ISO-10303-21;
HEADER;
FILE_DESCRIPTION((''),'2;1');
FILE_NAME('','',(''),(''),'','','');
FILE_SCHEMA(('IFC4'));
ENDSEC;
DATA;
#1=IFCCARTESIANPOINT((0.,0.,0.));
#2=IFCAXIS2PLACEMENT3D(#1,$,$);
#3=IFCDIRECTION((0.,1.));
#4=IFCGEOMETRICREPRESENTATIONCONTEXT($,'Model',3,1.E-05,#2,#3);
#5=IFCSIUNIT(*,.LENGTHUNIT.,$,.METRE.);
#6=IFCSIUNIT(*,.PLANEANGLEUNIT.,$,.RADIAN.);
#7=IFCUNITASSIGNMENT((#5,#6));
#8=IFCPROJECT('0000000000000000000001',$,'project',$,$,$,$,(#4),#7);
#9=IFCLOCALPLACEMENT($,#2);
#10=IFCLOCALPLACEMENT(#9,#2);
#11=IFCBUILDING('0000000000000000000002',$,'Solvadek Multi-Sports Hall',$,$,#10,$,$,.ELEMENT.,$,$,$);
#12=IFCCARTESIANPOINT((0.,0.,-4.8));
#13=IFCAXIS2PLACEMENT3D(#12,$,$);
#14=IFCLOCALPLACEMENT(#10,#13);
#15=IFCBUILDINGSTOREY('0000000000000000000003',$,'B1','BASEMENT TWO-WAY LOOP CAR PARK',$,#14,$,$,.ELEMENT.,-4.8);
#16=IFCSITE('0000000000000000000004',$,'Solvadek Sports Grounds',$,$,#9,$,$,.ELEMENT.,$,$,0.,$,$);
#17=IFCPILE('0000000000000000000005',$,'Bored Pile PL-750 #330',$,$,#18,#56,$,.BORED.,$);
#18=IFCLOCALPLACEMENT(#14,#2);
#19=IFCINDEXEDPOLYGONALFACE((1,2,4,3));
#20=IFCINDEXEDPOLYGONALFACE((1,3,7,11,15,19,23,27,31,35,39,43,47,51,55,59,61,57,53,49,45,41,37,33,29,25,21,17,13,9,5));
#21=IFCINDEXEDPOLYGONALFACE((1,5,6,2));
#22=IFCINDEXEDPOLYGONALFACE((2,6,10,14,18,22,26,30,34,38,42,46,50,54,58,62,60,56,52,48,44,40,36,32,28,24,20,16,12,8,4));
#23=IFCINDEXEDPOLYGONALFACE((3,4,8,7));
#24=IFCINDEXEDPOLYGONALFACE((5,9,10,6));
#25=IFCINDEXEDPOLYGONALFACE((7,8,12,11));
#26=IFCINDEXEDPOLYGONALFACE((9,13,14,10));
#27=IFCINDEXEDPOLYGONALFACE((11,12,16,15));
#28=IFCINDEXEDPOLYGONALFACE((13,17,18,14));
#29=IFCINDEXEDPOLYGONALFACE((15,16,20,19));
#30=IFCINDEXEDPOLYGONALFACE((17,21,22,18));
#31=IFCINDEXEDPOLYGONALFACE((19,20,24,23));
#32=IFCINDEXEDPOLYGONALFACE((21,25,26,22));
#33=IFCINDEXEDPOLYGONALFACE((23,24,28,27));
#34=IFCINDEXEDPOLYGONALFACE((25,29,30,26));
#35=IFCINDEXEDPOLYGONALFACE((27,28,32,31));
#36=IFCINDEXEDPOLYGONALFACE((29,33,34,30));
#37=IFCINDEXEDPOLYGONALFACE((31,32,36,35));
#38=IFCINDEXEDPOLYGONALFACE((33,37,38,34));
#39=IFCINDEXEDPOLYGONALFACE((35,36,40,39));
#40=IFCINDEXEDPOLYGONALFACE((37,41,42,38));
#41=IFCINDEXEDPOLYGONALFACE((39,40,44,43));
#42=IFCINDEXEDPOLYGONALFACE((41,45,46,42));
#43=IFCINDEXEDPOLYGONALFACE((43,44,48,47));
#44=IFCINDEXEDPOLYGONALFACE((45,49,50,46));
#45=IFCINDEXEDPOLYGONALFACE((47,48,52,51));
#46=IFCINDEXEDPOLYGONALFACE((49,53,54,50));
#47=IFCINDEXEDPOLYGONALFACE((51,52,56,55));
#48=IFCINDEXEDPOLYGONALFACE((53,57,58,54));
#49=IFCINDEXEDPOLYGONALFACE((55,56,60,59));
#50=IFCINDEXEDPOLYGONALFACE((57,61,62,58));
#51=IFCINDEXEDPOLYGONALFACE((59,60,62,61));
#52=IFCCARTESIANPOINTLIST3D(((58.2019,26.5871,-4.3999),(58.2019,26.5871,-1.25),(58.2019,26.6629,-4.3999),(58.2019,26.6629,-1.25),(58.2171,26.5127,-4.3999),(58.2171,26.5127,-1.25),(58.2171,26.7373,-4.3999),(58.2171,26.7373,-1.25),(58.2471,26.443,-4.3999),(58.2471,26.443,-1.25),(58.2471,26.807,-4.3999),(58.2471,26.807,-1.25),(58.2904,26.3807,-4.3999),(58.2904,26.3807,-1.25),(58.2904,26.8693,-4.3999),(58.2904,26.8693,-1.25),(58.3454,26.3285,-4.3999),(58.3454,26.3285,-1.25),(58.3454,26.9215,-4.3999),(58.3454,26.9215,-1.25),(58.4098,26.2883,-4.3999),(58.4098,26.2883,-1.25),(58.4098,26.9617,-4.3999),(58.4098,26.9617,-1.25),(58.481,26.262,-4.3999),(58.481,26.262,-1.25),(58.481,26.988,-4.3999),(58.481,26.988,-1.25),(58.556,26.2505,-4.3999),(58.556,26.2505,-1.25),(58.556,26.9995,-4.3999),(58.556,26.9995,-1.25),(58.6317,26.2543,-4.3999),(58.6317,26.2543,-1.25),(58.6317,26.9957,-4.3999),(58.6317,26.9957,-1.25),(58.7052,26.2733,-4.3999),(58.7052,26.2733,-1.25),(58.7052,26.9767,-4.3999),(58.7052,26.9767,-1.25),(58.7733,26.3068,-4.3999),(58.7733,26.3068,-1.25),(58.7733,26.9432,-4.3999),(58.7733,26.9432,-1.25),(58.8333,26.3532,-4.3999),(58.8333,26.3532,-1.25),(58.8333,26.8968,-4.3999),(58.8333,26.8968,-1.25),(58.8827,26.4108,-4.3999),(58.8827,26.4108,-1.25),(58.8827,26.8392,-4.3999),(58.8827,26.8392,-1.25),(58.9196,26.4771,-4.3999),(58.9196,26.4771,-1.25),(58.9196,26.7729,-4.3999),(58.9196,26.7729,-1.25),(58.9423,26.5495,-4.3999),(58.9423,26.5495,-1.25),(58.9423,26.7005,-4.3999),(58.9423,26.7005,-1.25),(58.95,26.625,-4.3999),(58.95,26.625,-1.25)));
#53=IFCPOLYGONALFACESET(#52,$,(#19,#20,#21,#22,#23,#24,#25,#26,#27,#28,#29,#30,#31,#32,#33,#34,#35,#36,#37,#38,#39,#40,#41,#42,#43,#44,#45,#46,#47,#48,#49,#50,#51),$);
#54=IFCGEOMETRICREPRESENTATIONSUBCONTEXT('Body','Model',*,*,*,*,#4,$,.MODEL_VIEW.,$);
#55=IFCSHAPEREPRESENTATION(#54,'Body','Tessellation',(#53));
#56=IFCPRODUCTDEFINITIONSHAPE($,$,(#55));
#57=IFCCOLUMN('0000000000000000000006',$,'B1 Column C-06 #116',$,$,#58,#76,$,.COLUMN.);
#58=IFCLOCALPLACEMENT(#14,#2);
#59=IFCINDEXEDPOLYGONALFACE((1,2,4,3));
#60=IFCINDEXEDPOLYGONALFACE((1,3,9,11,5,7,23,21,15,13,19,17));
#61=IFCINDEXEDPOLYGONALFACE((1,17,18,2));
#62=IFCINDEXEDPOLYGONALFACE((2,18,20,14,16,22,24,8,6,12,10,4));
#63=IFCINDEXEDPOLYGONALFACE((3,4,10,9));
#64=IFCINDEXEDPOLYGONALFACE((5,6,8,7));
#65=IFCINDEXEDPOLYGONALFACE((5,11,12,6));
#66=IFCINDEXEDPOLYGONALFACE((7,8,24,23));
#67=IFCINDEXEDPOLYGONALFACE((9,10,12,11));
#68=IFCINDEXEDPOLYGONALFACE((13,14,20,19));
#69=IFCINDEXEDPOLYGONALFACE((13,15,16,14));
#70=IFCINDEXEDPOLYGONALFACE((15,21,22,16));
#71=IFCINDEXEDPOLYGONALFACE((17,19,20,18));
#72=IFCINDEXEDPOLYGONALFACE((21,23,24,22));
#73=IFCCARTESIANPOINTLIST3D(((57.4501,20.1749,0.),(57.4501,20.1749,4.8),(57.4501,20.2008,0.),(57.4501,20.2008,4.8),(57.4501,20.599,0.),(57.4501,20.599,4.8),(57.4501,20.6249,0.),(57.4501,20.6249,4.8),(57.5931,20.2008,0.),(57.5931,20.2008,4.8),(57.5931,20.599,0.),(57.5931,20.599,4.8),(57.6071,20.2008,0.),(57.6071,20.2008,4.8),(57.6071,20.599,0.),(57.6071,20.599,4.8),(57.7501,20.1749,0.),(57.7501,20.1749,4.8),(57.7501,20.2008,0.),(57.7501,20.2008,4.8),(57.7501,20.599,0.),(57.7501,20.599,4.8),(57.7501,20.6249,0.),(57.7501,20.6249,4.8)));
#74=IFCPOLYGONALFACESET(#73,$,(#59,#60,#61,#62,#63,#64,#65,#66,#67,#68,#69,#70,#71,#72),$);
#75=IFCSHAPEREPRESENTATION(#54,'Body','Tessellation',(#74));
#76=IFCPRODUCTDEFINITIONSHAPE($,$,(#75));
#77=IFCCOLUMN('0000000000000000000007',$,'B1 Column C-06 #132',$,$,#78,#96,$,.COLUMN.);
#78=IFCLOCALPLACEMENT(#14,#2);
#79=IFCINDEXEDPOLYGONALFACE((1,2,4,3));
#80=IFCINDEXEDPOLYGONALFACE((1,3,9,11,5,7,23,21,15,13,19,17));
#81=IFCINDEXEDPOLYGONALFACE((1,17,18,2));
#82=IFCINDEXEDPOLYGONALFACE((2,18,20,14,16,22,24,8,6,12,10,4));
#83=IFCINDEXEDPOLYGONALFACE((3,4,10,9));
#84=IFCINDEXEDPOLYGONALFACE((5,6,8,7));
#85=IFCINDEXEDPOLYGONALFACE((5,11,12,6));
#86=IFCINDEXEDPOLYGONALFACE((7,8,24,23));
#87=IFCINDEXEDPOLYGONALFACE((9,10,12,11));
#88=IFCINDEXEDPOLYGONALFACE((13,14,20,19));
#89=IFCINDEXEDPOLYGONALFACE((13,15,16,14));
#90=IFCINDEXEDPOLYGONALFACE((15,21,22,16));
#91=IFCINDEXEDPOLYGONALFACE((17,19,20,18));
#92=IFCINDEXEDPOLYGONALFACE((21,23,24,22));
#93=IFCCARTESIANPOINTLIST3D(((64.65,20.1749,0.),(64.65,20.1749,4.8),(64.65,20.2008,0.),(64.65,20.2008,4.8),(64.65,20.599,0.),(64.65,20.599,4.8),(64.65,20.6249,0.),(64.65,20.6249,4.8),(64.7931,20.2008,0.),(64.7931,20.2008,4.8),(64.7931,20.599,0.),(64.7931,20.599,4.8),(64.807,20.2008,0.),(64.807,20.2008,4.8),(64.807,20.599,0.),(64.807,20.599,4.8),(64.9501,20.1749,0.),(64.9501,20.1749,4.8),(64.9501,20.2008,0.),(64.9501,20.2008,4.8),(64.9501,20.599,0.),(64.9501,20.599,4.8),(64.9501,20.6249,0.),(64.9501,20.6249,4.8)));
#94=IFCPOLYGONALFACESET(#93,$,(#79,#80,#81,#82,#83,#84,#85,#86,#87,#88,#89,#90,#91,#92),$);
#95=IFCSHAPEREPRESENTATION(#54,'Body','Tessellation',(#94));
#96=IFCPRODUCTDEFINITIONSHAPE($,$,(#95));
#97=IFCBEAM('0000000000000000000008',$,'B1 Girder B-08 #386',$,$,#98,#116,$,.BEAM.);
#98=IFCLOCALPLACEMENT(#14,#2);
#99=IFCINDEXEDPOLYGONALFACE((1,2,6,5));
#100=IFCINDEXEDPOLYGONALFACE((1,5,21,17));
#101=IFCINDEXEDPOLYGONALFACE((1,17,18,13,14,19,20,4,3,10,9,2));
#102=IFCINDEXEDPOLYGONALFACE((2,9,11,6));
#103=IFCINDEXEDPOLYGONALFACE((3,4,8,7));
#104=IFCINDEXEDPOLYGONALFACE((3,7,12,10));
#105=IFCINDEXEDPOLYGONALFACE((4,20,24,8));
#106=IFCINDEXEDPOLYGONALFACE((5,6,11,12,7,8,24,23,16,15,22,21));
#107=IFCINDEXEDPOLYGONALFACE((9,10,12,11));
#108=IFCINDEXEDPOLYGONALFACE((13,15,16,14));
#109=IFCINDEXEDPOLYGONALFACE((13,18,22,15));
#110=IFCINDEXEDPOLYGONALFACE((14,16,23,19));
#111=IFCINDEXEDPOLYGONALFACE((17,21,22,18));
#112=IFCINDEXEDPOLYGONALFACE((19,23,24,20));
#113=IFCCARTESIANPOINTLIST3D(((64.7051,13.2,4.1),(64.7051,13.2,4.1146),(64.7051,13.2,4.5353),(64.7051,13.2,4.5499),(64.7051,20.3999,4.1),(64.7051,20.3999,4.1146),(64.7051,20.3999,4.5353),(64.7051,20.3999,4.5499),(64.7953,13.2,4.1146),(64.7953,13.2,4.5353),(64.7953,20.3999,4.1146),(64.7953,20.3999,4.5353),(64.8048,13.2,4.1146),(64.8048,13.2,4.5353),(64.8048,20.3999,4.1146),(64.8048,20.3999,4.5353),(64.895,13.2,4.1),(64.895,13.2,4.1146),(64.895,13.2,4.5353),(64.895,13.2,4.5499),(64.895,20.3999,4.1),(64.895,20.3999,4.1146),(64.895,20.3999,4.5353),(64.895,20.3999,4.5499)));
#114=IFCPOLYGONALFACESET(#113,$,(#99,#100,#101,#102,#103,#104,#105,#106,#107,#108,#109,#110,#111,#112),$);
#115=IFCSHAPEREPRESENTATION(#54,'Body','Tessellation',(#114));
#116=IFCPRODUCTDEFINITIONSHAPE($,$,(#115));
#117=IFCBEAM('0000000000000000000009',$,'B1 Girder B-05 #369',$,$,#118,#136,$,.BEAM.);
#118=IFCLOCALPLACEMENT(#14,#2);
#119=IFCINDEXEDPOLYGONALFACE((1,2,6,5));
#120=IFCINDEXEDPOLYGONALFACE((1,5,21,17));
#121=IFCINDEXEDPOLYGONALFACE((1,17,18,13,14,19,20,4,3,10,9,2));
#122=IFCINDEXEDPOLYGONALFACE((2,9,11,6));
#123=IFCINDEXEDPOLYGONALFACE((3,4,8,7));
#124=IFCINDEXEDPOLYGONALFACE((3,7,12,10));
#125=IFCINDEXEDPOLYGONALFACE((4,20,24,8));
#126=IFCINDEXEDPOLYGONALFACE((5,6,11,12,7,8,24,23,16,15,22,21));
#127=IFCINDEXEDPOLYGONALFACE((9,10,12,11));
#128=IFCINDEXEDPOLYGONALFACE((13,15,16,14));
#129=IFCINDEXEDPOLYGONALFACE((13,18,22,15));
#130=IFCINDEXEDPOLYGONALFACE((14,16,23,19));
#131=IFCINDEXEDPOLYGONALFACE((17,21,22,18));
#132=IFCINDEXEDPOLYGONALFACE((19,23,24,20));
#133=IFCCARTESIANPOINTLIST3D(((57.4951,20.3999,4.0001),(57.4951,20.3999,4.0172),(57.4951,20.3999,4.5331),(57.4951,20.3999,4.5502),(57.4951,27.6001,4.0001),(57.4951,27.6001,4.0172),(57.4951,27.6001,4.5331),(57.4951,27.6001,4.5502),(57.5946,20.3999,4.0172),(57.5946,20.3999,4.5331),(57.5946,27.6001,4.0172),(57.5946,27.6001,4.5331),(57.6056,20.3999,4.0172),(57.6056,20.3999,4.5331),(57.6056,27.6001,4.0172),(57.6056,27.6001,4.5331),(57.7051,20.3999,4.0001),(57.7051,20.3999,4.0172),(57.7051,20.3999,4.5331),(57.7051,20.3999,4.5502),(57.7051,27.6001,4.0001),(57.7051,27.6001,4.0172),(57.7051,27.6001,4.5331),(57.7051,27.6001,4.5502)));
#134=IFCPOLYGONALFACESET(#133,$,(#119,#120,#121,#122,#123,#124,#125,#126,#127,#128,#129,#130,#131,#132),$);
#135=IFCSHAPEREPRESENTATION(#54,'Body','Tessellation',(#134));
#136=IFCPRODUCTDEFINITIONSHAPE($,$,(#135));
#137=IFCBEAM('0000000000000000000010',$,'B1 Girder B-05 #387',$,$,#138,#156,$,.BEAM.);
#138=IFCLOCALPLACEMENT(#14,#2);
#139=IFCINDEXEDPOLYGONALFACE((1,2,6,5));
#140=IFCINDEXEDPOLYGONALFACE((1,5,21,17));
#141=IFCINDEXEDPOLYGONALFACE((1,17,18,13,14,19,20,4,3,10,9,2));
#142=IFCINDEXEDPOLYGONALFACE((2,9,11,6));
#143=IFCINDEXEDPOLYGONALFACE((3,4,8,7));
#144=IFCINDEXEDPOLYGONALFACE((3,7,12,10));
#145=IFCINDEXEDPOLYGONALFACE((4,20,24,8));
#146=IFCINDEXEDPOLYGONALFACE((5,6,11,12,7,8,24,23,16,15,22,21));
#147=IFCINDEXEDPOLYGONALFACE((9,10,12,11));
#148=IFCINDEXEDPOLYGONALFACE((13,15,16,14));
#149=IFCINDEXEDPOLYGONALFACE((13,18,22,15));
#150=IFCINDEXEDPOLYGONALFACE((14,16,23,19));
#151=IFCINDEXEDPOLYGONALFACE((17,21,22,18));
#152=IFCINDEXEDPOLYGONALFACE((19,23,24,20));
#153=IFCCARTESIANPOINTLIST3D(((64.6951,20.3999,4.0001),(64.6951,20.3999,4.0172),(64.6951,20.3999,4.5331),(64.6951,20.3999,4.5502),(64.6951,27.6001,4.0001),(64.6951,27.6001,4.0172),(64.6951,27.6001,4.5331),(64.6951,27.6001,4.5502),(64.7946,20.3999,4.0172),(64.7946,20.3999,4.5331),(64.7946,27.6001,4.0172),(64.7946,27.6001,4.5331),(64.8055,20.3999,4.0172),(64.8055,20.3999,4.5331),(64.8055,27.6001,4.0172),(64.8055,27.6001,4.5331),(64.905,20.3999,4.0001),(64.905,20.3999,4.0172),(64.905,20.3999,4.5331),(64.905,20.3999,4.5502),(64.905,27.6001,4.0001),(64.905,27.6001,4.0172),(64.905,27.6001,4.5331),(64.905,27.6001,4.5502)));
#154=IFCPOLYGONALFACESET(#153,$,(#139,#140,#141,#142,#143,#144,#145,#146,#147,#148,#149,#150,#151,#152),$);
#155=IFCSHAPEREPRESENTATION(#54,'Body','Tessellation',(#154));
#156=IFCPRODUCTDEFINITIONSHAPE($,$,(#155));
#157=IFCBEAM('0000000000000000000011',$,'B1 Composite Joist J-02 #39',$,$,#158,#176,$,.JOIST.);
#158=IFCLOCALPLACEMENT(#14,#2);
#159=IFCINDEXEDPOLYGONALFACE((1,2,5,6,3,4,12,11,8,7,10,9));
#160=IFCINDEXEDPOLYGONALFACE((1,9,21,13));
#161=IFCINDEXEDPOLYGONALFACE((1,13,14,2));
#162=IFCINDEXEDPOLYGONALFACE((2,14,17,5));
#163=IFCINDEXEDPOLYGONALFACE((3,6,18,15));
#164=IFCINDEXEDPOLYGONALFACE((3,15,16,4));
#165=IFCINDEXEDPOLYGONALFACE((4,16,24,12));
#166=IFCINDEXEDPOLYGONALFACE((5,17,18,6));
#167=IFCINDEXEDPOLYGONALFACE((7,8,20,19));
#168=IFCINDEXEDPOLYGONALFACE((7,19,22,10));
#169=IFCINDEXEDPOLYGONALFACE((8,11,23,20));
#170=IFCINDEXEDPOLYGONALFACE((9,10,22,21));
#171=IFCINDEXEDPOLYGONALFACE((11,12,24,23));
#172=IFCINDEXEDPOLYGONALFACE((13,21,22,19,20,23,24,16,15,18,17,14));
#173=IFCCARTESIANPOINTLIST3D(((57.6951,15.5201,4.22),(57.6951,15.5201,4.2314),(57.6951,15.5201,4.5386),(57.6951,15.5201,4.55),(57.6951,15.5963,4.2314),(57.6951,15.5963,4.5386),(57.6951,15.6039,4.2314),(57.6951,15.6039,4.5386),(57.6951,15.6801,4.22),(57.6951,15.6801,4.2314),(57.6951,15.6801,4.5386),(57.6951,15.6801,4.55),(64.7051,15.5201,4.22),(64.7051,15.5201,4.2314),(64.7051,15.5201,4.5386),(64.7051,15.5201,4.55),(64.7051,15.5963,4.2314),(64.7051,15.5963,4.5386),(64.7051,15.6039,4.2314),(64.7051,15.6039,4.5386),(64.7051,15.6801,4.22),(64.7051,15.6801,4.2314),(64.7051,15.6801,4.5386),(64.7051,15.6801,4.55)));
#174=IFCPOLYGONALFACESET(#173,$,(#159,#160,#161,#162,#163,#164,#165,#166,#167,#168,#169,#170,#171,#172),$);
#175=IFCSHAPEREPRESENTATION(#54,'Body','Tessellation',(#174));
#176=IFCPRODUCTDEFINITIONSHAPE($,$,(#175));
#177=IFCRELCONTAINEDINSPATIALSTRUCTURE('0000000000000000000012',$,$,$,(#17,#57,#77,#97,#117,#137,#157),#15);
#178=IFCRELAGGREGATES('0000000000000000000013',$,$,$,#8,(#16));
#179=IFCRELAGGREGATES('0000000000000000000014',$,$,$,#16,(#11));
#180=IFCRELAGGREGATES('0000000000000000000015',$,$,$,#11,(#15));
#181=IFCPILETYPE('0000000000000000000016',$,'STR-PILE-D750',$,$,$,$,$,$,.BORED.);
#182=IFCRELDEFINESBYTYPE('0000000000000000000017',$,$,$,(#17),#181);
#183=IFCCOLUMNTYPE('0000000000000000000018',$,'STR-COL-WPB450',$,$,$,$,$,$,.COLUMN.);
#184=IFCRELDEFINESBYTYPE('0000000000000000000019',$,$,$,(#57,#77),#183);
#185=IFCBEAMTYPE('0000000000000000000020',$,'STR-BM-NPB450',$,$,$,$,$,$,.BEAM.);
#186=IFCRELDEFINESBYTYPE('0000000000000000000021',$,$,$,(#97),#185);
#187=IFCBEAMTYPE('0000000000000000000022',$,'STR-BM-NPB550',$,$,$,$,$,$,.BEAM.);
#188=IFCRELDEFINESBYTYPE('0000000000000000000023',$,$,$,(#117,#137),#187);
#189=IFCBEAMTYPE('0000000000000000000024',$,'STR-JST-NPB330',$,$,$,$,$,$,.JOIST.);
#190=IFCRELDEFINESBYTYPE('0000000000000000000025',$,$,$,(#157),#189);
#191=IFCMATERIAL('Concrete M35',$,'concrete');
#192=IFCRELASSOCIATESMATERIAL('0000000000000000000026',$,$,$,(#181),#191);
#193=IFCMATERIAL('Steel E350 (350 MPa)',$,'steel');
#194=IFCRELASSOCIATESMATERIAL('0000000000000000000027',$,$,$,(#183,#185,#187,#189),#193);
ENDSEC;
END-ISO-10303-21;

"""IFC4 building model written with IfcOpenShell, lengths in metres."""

from ifc_helpers import new_model, si_unit, direction, frame, origin, origin_2d, place, context, subcontext, project, spatial, circle, i_section, extrude, material, material_profile, profile_set, type_object, element, save


model = new_model("IFC4")

# Units and contexts
model_context = context("Model", 3, precision=1e-05, world=origin(), true_north=direction((0.0, 1.0)))
body_context = subcontext(model_context, "Body", "Model", "MODEL_VIEW")
ifc_project = project(units=[si_unit("LENGTHUNIT", "METRE"), si_unit("PLANEANGLEUNIT", "RADIAN")], contexts=[model_context])

# Site, building, storey
site_placement = place(None, origin())
site = spatial("IfcSite", under=ifc_project, at=site_placement, Name="Solvadek Sports Grounds", CompositionType="ELEMENT", RefElevation=0.0)
building_placement = place(site_placement, origin())
building = spatial("IfcBuilding", under=site, at=building_placement, Name="Solvadek Multi-Sports Hall", CompositionType="ELEMENT")
storey_placement = place(building_placement, frame((0.0, 0.0, -4.8)))
storey = spatial("IfcBuildingStorey", under=building, at=storey_placement, Name="B1", Description="BASEMENT TWO-WAY LOOP CAR PARK", CompositionType="ELEMENT", Elevation=-4.8)

# Pile
ifc_material_1 = material(Name="Concrete M35", Category="concrete")
ifc_material_profile_1 = material_profile(ifc_material_1, circle(Radius=0.375, at=origin_2d()), Name="BORED PILE D750")
ifc_profile_set_1 = profile_set([ifc_material_profile_1], Name="Concrete M35")
pile_type_1 = type_object("IfcPileType", Name="STR-PILE-D750", PredefinedType="BORED", material=ifc_profile_set_1)
for number, where, z_axis, x_axis, name in (
    (1, (58.575, 26.625, -1.25), (0.0, 0.0, -1.0), (1.0, 0.0, 0.0), "Bored Pile PL-750 #330"),
):
    element("IfcPile", number, at=place(storey_placement, frame(where, z_axis=z_axis, x_axis=x_axis)), inside=storey, type_object=pile_type_1, Name=name, PredefinedType="BORED", context=body_context, shape_type="SweptSolid", body=[
        extrude(circle(Radius=0.375, at=origin_2d()), origin(), (0.0, 0.0, 1.0), 3.1499),
    ])

# Columns
ifc_material_2 = material(Name="Steel E350 (350 MPa)", Category="steel")
ifc_material_profile_2 = material_profile(ifc_material_2, i_section(OverallWidth=0.3, OverallDepth=0.45, WebThickness=0.0139, FlangeThickness=0.0259, at=origin_2d()), Name="WPB 450")
ifc_profile_set_2 = profile_set([ifc_material_profile_2], Name="Steel E350 (350 MPa)")
column_type = type_object("IfcColumnType", Name="STR-COL-WPB450", PredefinedType="COLUMN", material=ifc_profile_set_2)
for number, where, z_axis, x_axis, name in (
    (2, (57.6001, 20.3999, 0.0), (0.0, 0.0, 1.0), (1.0, 0.0, 0.0), "B1 Column C-06 #116"),
    (3, (64.8, 20.3999, 0.0), (0.0, 0.0, 1.0), (1.0, 0.0, 0.0), "B1 Column C-06 #132"),
):
    element("IfcColumn", number, at=place(storey_placement, frame(where, z_axis=z_axis, x_axis=x_axis)), inside=storey, type_object=column_type, Name=name, PredefinedType="COLUMN", context=body_context, shape_type="SweptSolid", body=[
        extrude(i_section(OverallWidth=0.3, OverallDepth=0.45, WebThickness=0.0139, FlangeThickness=0.0259, at=origin_2d()), origin(), (0.0, 0.0, 1.0), 4.8),
    ])

# Beams
ifc_material_profile_3 = material_profile(ifc_material_2, i_section(OverallWidth=0.1899, OverallDepth=0.45, WebThickness=0.0095, FlangeThickness=0.0146, at=origin_2d()), Name="NPB 450")
ifc_profile_set_3 = profile_set([ifc_material_profile_3], Name="Steel E350 (350 MPa)")
beam_type_1 = type_object("IfcBeamType", Name="STR-BM-NPB450", PredefinedType="BEAM", material=ifc_profile_set_3)
beam_placement = place(storey_placement, frame((64.8, 13.2, 4.325), z_axis=(0.0, 1.0, 0.0), x_axis=(-1.0, 0.0, 0.0)))
element("IfcBeam", 4, at=beam_placement, inside=storey, type_object=beam_type_1, Name="B1 Girder B-08 #386", PredefinedType="BEAM", context=body_context, shape_type="SweptSolid", body=[
    extrude(i_section(OverallWidth=0.1899, OverallDepth=0.45, WebThickness=0.0095, FlangeThickness=0.0146, at=origin_2d()), origin(), (0.0, 0.0, 1.0), 7.2),
])
ifc_material_profile_4 = material_profile(ifc_material_2, i_section(OverallWidth=0.21, OverallDepth=0.55, WebThickness=0.011, FlangeThickness=0.0171, at=origin_2d()), Name="NPB 550")
ifc_profile_set_4 = profile_set([ifc_material_profile_4], Name="Steel E350 (350 MPa)")
beam_type_2 = type_object("IfcBeamType", Name="STR-BM-NPB550", PredefinedType="BEAM", material=ifc_profile_set_4)
for number, where, z_axis, x_axis, name in (
    (5, (57.6001, 20.3999, 4.2751), (0.0, 1.0, 0.0), (-1.0, 0.0, 0.0), "B1 Girder B-05 #369"),
    (6, (64.8, 20.3999, 4.2751), (0.0, 1.0, 0.0), (-1.0, 0.0, 0.0), "B1 Girder B-05 #387"),
):
    element("IfcBeam", number, at=place(storey_placement, frame(where, z_axis=z_axis, x_axis=x_axis)), inside=storey, type_object=beam_type_2, Name=name, PredefinedType="BEAM", context=body_context, shape_type="SweptSolid", body=[
        extrude(i_section(OverallWidth=0.21, OverallDepth=0.55, WebThickness=0.011, FlangeThickness=0.0171, at=origin_2d()), origin(), (0.0, 0.0, 1.0), 7.2002),
    ])
ifc_material_profile_5 = material_profile(ifc_material_2, i_section(OverallWidth=0.1599, OverallDepth=0.3301, WebThickness=0.0076, FlangeThickness=0.0115, at=origin_2d()), Name="NPB 330")
ifc_profile_set_5 = profile_set([ifc_material_profile_5], Name="Steel E350 (350 MPa)")
beam_type_3 = type_object("IfcBeamType", Name="STR-JST-NPB330", PredefinedType="JOIST", material=ifc_profile_set_5)
for number, where, z_axis, x_axis, name in (
    (7, (57.6951, 15.6001, 4.385), (1.0, 0.0, 0.0), (0.0, 1.0, 0.0), "B1 Composite Joist J-02 #39"),
):
    element("IfcBeam", number, at=place(storey_placement, frame(where, z_axis=z_axis, x_axis=x_axis)), inside=storey, type_object=beam_type_3, Name=name, PredefinedType="JOIST", context=body_context, shape_type="SweptSolid", body=[
        extrude(i_section(OverallWidth=0.1599, OverallDepth=0.3301, WebThickness=0.0076, FlangeThickness=0.0115, at=origin_2d()), origin(), (0.0, 0.0, 1.0), 7.01),
    ])

save(model, "model.ifc")
